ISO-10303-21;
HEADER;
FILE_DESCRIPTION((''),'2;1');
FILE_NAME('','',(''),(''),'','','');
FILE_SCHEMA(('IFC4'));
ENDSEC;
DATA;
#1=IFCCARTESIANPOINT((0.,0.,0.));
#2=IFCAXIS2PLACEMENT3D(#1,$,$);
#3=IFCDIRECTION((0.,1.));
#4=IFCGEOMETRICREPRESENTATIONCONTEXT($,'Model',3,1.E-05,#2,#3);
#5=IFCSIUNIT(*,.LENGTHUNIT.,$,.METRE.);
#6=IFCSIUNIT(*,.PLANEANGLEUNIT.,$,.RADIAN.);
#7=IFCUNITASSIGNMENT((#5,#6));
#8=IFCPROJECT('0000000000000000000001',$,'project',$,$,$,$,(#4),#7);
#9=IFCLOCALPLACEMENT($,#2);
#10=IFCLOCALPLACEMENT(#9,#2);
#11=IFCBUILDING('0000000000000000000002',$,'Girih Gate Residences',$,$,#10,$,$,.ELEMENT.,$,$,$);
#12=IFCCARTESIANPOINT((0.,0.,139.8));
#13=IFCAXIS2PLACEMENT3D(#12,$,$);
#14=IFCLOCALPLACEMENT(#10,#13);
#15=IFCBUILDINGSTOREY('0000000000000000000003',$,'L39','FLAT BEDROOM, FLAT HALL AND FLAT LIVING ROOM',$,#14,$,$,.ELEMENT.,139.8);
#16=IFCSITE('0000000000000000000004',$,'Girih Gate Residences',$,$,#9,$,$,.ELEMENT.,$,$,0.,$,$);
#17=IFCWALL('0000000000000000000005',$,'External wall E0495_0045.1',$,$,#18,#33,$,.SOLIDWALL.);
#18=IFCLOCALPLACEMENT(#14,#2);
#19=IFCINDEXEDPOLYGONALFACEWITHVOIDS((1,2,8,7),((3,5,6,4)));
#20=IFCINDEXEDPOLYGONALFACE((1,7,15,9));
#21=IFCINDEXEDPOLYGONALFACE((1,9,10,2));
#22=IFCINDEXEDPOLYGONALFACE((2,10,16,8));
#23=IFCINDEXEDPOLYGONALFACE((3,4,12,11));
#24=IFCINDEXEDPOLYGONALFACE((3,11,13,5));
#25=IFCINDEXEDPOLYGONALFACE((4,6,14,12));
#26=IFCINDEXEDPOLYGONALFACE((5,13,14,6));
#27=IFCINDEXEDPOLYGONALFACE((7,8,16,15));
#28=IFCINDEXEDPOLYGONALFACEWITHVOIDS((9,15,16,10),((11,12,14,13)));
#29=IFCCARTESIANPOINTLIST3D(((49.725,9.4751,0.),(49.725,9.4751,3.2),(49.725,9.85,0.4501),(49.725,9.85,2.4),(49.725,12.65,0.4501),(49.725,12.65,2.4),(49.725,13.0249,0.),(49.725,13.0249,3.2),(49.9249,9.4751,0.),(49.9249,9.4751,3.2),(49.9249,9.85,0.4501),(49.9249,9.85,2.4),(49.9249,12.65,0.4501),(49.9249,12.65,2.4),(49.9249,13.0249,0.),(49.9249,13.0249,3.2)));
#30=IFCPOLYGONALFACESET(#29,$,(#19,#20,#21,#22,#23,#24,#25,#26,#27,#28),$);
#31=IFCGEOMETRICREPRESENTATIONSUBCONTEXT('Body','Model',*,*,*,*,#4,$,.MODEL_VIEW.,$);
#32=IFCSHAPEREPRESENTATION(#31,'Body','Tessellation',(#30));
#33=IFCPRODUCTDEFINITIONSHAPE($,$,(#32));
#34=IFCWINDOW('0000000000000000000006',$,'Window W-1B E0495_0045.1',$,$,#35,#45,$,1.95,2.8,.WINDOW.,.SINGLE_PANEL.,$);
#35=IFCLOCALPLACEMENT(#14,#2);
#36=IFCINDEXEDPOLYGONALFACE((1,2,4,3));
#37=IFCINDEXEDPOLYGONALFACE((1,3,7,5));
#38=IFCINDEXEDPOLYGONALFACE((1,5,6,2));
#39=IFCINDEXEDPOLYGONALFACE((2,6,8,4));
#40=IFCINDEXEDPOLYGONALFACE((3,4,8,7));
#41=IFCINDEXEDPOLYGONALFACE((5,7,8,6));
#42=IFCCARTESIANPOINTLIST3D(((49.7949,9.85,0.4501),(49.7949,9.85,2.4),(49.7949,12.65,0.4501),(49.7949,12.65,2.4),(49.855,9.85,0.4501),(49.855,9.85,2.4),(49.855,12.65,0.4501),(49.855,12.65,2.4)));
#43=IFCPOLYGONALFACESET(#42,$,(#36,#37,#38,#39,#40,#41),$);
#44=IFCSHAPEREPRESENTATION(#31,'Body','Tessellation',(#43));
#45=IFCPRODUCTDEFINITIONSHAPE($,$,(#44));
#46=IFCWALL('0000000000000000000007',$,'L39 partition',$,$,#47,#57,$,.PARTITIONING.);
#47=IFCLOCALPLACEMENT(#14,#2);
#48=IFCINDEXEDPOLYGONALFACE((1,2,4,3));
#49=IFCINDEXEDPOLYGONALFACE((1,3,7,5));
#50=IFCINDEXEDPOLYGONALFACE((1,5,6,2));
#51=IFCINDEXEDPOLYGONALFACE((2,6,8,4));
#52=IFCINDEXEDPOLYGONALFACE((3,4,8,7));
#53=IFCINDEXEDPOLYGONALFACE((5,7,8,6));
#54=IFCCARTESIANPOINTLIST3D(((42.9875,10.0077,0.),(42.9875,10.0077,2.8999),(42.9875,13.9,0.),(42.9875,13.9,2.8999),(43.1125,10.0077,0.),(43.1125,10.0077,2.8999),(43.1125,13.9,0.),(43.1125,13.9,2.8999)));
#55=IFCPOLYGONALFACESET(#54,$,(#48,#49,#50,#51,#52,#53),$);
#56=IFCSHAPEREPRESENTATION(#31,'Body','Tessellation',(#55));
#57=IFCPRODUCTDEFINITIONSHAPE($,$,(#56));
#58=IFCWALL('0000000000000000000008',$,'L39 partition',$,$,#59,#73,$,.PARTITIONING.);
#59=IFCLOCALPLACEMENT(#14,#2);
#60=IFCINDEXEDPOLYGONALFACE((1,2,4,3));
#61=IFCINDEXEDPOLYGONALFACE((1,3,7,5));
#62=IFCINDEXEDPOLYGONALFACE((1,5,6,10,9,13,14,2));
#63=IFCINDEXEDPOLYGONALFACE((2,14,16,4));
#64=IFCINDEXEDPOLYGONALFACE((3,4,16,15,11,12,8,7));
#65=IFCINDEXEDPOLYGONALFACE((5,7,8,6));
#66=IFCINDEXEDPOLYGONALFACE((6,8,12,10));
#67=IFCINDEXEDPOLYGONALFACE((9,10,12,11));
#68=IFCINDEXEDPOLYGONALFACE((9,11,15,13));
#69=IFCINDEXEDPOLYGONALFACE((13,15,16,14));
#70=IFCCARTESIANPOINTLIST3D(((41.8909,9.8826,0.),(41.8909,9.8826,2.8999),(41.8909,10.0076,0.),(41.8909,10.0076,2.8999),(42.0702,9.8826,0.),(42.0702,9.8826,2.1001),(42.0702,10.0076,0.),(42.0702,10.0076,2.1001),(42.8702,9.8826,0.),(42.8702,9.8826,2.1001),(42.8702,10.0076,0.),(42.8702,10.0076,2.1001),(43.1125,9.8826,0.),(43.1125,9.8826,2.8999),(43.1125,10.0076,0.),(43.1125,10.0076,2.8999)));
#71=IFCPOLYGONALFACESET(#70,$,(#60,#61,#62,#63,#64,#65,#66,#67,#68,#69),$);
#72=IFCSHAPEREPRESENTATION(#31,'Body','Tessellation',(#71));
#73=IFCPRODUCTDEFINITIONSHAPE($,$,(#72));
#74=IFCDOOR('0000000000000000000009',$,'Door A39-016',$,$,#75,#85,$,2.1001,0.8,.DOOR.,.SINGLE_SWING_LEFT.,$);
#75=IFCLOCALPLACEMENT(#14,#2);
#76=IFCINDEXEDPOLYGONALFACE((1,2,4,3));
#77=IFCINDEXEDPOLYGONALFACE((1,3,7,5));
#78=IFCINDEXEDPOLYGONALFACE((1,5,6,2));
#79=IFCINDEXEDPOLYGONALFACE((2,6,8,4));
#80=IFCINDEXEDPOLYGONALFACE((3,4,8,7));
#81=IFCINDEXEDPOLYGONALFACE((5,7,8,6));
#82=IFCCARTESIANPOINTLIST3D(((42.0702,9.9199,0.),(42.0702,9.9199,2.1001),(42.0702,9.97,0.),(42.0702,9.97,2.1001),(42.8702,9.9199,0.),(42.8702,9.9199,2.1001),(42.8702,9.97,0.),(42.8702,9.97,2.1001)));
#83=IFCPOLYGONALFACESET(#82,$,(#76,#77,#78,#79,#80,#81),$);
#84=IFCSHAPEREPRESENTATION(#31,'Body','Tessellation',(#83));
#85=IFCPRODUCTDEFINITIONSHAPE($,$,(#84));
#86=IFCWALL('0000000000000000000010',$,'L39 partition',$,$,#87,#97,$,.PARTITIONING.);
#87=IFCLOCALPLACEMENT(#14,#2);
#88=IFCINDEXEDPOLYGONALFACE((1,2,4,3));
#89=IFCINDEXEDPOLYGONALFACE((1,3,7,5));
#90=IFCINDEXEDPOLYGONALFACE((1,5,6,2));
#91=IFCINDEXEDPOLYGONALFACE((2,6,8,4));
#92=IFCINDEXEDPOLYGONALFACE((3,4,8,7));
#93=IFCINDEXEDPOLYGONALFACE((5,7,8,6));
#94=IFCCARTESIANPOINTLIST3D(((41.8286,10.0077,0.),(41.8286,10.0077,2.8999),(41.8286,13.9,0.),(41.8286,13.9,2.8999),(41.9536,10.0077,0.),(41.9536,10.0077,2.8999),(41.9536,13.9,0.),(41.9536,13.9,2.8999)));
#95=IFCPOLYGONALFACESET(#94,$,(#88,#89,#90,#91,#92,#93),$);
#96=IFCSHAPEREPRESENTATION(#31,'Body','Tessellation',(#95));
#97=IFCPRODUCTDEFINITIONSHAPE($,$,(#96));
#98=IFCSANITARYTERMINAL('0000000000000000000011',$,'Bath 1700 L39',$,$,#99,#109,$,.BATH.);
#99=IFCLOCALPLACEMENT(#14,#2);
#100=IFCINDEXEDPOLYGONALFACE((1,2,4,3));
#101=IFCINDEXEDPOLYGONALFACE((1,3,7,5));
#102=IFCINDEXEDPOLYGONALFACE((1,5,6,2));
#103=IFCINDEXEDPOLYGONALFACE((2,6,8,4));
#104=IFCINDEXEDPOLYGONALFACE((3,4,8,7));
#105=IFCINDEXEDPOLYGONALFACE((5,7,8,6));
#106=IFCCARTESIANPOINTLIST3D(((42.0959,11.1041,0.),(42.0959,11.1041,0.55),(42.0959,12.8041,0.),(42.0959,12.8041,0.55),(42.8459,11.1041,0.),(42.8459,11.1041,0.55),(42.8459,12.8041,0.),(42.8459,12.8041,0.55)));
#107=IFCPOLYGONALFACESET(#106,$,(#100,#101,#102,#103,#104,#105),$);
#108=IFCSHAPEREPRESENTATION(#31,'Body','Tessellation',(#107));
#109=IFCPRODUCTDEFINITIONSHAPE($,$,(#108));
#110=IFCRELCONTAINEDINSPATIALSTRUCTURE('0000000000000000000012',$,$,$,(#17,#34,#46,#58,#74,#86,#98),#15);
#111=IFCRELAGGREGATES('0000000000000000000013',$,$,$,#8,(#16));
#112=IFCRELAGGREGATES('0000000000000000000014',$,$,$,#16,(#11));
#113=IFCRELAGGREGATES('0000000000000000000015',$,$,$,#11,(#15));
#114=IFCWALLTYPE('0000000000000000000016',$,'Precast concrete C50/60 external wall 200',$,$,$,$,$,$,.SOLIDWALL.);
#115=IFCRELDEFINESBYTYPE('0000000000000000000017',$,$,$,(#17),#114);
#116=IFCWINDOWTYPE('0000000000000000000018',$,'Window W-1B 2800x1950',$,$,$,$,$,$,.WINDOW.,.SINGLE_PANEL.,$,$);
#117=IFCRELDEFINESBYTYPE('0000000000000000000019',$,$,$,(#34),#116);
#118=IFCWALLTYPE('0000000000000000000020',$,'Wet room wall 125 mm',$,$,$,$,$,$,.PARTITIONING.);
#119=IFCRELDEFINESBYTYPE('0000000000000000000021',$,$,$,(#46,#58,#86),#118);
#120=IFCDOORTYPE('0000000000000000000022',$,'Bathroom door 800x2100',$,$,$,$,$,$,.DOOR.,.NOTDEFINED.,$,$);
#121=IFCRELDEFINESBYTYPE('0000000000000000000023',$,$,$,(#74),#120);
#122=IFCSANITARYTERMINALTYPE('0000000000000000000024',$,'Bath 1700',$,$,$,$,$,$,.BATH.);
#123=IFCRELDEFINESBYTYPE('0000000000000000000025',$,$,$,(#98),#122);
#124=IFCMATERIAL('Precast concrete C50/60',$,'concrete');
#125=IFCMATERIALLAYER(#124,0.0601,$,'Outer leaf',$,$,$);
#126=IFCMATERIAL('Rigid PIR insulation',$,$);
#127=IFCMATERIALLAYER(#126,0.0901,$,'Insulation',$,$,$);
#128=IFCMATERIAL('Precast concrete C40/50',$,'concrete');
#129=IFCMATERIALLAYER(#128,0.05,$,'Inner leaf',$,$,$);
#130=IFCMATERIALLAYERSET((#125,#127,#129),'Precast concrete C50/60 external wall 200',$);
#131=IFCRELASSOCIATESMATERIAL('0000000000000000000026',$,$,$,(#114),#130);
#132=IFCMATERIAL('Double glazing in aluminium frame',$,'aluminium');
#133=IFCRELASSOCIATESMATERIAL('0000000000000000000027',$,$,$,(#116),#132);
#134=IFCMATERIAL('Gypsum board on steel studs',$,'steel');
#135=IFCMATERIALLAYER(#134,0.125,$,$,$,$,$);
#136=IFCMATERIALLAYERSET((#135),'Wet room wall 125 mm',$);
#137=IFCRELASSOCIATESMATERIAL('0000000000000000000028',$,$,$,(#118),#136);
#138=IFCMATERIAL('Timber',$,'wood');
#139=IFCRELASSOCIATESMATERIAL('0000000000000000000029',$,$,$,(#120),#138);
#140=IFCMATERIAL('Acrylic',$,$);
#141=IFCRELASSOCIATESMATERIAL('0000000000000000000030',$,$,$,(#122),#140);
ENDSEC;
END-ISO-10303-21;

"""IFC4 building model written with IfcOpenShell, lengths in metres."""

from ifc_helpers import new_model, si_unit, direction, frame, frame_2d, origin, origin_2d, place, context, subcontext, project, spatial, rectangle, extrude, material, layer, layer_set, type_object, element, fill, save


model = new_model("IFC4")

# Units and contexts
model_context = context("Model", 3, precision=1e-05, world=origin(), true_north=direction((0.0, 1.0)))
body_context = subcontext(model_context, "Body", "Model", "MODEL_VIEW")
ifc_project = project(units=[si_unit("LENGTHUNIT", "METRE"), si_unit("PLANEANGLEUNIT", "RADIAN")], contexts=[model_context])

# Site, building, storey
site_placement = place(None, origin())
site = spatial("IfcSite", under=ifc_project, at=site_placement, Name="Girih Gate Residences", CompositionType="ELEMENT", RefElevation=0.0)
building_placement = place(site_placement, origin())
building = spatial("IfcBuilding", under=site, at=building_placement, Name="Girih Gate Residences", CompositionType="ELEMENT")
storey_placement = place(building_placement, frame((0.0, 0.0, 139.8)))
storey = spatial("IfcBuildingStorey", under=building, at=storey_placement, Name="L39", Description="FLAT BEDROOM, FLAT HALL AND FLAT LIVING ROOM", CompositionType="ELEMENT", Elevation=139.8)

# Shared definitions
ifc_material_1 = material(Name="Gypsum board on steel studs", Category="steel")

# Shared definitions
ifc_material_2 = material(Name="Timber", Category="wood")

# Wall, opening, window
ifc_material_3 = material(Name="Precast concrete C50/60", Category="concrete")
ifc_layer_1 = layer(ifc_material_3, 0.0601, Name="Outer leaf")
ifc_material_4 = material(Name="Rigid PIR insulation")
ifc_layer_2 = layer(ifc_material_4, 0.0901, Name="Insulation")
ifc_material_5 = material(Name="Precast concrete C40/50", Category="concrete")
ifc_layer_3 = layer(ifc_material_5, 0.05, Name="Inner leaf")
ifc_layer_set_1 = layer_set([ifc_layer_1, ifc_layer_2, ifc_layer_3], Name="Precast concrete C50/60 external wall 200")
wall_type_1 = type_object("IfcWallType", Name="Precast concrete C50/60 external wall 200", PredefinedType="SOLIDWALL", material=ifc_layer_set_1)
wall_1_placement = place(storey_placement, frame((49.825, 13.0249, 0.0), z_axis=(0.0, 0.0, 1.0), x_axis=(0.0, -1.0, 0.0)))
wall_1 = element("IfcWall", 1, at=wall_1_placement, inside=storey, type_object=wall_type_1, Name="External wall E0495_0045.1", PredefinedType="SOLIDWALL", context=body_context, shape_type="SweptSolid", body=[
    extrude(rectangle(XDim=3.5498, YDim=0.2, at=frame_2d((1.7749, 0.0))), origin(), (0.0, 0.0, 1.0), 3.2),
])
opening_1_placement = place(wall_1_placement, frame((0.375, 0.0, 0.45)))
opening_1 = element("IfcOpeningElement", 2, at=opening_1_placement, cuts=wall_1, PredefinedType="OPENING", context=body_context, shape_type="SweptSolid", body=[
    extrude(rectangle(XDim=2.8, YDim=1.95, at=frame_2d((1.3999, 0.9751))), frame((0.0, 0.1099, 0.0), z_axis=(0.0, -1.0, 0.0), x_axis=(1.0, 0.0, 0.0)), (0.0, 0.0, 1.0), 0.22),
])
ifc_material_6 = material(Name="Double glazing in aluminium frame", Category="aluminium")
window_type = type_object("IfcWindowType", Name="Window W-1B 2800x1950", PartitioningType="SINGLE_PANEL", PredefinedType="WINDOW", material=ifc_material_6)
window_placement = place(opening_1_placement, origin())
window = element("IfcWindow", 3, at=window_placement, inside=storey, type_object=window_type, Name="Window W-1B E0495_0045.1", OverallHeight=1.95, OverallWidth=2.8, PartitioningType="SINGLE_PANEL", PredefinedType="WINDOW", context=body_context, shape_type="SweptSolid", body=[
    extrude(rectangle(XDim=2.8, YDim=1.95, at=frame_2d((1.3999, 0.9751))), frame((0.0, 0.03, 0.0), z_axis=(0.0, -1.0, 0.0), x_axis=(1.0, 0.0, 0.0)), (0.0, 0.0, 1.0), 0.0601),
])
fill(opening_1, window)

# Wall
ifc_layer_4 = layer(ifc_material_1, 0.125)
ifc_layer_set_2 = layer_set([ifc_layer_4], Name="Wet room wall 125 mm")
wall_type_2 = type_object("IfcWallType", Name="Wet room wall 125 mm", PredefinedType="PARTITIONING", material=ifc_layer_set_2)
wall_2_placement = place(storey_placement, frame((43.05, 10.0076, 0.0), z_axis=(0.0, 0.0, 1.0), x_axis=(0.0, 1.0, 0.0)))
element("IfcWall", 4, at=wall_2_placement, inside=storey, type_object=wall_type_2, Name="L39 partition", PredefinedType="PARTITIONING", context=body_context, shape_type="SweptSolid", body=[
    extrude(rectangle(XDim=3.8923, YDim=0.125, at=frame_2d((1.9463, 0.0))), origin(), (0.0, 0.0, 1.0), 2.8999),
])

# Wall, opening, door
wall_3_placement = place(storey_placement, frame((41.8909, 9.9451, 0.0), z_axis=(0.0, 0.0, 1.0), x_axis=(1.0, 0.0, 0.0)))
wall_3 = element("IfcWall", 5, at=wall_3_placement, inside=storey, type_object=wall_type_2, Name="L39 partition", PredefinedType="PARTITIONING", context=body_context, shape_type="SweptSolid", body=[
    extrude(rectangle(XDim=1.2217, YDim=0.125, at=frame_2d((0.6108, 0.0))), origin(), (0.0, 0.0, 1.0), 2.8999),
])
opening_2_placement = place(wall_3_placement, frame((0.1794, 0.0, 0.0)))
opening_2 = element("IfcOpeningElement", 6, at=opening_2_placement, cuts=wall_3, PredefinedType="OPENING", context=body_context, shape_type="SweptSolid", body=[
    extrude(rectangle(XDim=0.8, YDim=2.1001, at=frame_2d((0.3999, 1.05))), frame((0.0, 0.0725, 0.0), z_axis=(0.0, -1.0, 0.0), x_axis=(1.0, 0.0, 0.0)), (0.0, 0.0, 1.0), 0.145),
])
door_type_1 = type_object("IfcDoorType", Name="Bathroom door 800x2100", OperationType="NOTDEFINED", PredefinedType="DOOR", material=ifc_material_2)
door_1_placement = place(opening_2_placement, origin())
door_1 = element("IfcDoor", 7, at=door_1_placement, inside=storey, type_object=door_type_1, Name="Door A39-016", OperationType="SINGLE_SWING_LEFT", OverallHeight=2.1001, OverallWidth=0.8, PredefinedType="DOOR", context=body_context, shape_type="SweptSolid", body=[
    extrude(rectangle(XDim=0.8, YDim=2.1001, at=frame_2d((0.3999, 1.05))), frame((0.0, 0.0249, 0.0), z_axis=(0.0, -1.0, 0.0), x_axis=(1.0, 0.0, 0.0)), (0.0, 0.0, 1.0), 0.05),
])
fill(opening_2, door_1)

# Wall
wall_4_placement = place(storey_placement, frame((41.8911, 10.0076, 0.0), z_axis=(0.0, 0.0, 1.0), x_axis=(0.0, 1.0, 0.0)))
element("IfcWall", 8, at=wall_4_placement, inside=storey, type_object=wall_type_2, Name="L39 partition", PredefinedType="PARTITIONING", context=body_context, shape_type="SweptSolid", body=[
    extrude(rectangle(XDim=3.8923, YDim=0.125, at=frame_2d((1.9463, 0.0))), origin(), (0.0, 0.0, 1.0), 2.8999),
])

# Sanitary terminal
ifc_material_7 = material(Name="Acrylic")
sanitary_terminal_type = type_object("IfcSanitaryTerminalType", Name="Bath 1700", PredefinedType="BATH", material=ifc_material_7)
sanitary_terminal_placement = place(storey_placement, frame((42.4709, 11.9541, 0.0), z_axis=(0.0, 0.0, 1.0), x_axis=(1.0, 0.0, 0.0)))
element("IfcSanitaryTerminal", 9, at=sanitary_terminal_placement, inside=storey, type_object=sanitary_terminal_type, Name="Bath 1700 L39", PredefinedType="BATH", context=body_context, shape_type="SweptSolid", body=[
    extrude(rectangle(XDim=0.75, YDim=1.7, at=origin_2d()), origin(), (0.0, 0.0, 1.0), 0.55),
])

save(model, "model.ifc")
